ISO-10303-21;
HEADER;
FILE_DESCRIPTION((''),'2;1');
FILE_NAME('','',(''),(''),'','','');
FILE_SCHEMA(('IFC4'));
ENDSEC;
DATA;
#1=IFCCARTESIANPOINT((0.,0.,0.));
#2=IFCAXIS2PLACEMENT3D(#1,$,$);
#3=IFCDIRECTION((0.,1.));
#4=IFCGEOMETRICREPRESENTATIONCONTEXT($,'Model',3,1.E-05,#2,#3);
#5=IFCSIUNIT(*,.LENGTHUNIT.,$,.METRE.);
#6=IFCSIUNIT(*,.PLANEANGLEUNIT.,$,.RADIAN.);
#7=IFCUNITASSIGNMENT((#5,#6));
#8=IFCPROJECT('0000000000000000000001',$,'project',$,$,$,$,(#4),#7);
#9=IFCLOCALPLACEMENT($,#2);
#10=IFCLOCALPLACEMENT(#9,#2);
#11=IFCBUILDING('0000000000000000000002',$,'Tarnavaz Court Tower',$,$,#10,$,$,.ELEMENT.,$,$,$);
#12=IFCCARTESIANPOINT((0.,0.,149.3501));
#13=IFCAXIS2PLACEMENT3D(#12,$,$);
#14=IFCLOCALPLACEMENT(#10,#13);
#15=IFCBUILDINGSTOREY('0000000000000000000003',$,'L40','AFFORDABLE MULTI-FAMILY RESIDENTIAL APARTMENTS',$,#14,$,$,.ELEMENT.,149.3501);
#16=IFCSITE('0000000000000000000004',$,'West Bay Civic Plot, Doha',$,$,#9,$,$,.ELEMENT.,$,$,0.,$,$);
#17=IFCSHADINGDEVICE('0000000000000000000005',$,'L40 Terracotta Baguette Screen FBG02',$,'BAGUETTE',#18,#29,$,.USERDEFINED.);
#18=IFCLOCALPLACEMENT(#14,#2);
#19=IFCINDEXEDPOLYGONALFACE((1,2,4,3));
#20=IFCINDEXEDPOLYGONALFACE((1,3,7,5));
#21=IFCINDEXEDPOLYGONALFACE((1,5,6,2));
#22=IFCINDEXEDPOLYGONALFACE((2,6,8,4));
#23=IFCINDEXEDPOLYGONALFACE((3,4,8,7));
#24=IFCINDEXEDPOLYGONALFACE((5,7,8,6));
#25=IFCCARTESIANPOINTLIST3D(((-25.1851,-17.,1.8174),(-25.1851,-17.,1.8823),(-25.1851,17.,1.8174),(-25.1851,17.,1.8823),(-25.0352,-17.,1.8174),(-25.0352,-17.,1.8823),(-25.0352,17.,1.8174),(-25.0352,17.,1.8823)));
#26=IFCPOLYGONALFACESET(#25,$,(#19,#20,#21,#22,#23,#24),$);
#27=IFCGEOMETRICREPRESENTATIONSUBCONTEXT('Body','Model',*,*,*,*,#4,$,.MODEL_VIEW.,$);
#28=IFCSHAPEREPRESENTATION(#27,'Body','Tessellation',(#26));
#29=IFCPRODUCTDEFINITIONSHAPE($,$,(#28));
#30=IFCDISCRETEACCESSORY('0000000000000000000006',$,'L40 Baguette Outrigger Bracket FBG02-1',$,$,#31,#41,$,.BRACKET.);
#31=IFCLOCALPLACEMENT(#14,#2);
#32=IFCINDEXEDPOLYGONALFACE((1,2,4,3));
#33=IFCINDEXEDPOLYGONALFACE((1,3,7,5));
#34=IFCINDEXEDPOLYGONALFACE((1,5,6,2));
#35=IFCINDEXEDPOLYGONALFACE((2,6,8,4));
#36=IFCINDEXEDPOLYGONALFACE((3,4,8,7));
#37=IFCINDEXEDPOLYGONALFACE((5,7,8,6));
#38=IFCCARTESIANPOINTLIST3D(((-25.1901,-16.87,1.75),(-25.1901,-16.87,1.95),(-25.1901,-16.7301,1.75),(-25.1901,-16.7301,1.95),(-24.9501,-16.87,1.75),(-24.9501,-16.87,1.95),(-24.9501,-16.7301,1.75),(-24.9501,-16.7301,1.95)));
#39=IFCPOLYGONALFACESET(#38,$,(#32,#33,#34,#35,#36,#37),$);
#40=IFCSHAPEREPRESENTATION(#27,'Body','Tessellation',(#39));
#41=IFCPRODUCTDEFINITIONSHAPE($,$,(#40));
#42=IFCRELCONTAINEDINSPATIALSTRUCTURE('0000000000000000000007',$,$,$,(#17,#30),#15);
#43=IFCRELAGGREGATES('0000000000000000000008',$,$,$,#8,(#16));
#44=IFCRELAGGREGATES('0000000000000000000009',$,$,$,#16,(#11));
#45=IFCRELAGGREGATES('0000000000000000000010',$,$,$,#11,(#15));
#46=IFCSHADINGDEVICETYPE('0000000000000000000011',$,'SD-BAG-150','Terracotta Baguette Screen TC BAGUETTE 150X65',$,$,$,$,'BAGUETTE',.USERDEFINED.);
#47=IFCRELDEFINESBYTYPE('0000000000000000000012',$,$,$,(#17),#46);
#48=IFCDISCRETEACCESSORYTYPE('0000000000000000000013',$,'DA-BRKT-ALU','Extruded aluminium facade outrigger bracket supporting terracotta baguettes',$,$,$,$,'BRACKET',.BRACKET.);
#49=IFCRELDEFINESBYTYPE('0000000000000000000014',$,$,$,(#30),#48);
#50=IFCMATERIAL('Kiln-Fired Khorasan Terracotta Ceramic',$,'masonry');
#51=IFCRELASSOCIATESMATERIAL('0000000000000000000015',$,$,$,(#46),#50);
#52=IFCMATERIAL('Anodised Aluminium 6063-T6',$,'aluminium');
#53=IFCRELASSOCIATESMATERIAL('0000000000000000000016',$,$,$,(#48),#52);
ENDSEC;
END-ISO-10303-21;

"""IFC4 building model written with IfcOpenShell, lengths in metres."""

from ifc_helpers import new_model, si_unit, direction, frame, origin, origin_2d, place, context, subcontext, project, spatial, rectangle, extrude, material, material_profile, profile_set, type_object, element, save


model = new_model("IFC4")

# Units and contexts
model_context = context("Model", 3, precision=1e-05, world=origin(), true_north=direction((0.0, 1.0)))
body_context = subcontext(model_context, "Body", "Model", "MODEL_VIEW")
ifc_project = project(units=[si_unit("LENGTHUNIT", "METRE"), si_unit("PLANEANGLEUNIT", "RADIAN")], contexts=[model_context])

# Site, building, storey
site_placement = place(None, origin())
site = spatial("IfcSite", under=ifc_project, at=site_placement, Name="West Bay Civic Plot, Doha", CompositionType="ELEMENT", RefElevation=0.0)
building_placement = place(site_placement, origin())
building = spatial("IfcBuilding", under=site, at=building_placement, Name="Tarnavaz Court Tower", CompositionType="ELEMENT")
storey_placement = place(building_placement, frame((0.0, 0.0, 149.3501)))
storey = spatial("IfcBuildingStorey", under=building, at=storey_placement, Name="L40", Description="AFFORDABLE MULTI-FAMILY RESIDENTIAL APARTMENTS", CompositionType="ELEMENT", Elevation=149.3501)

# Shading device
ifc_material_1 = material(Name="Kiln-Fired Khorasan Terracotta Ceramic", Category="masonry")
ifc_material_profile_1 = material_profile(ifc_material_1, rectangle(XDim=0.1499, YDim=0.0649, at=origin_2d()), Name="TC BAGUETTE 150X65")
ifc_profile_set_1 = profile_set([ifc_material_profile_1], Name="Kiln-Fired Khorasan Terracotta Ceramic")
shading_device_type = type_object("IfcShadingDeviceType", Name="SD-BAG-150", Description="Terracotta Baguette Screen TC BAGUETTE 150X65", ElementType="BAGUETTE", PredefinedType="USERDEFINED", material=ifc_profile_set_1)
shading_device_placement = place(storey_placement, frame((-25.1101, -17.0, 1.8499), z_axis=(0.0, 1.0, 0.0), x_axis=(-1.0, 0.0, 0.0)))
element("IfcShadingDevice", 1, at=shading_device_placement, inside=storey, type_object=shading_device_type, Name="L40 Terracotta Baguette Screen FBG02", ObjectType="BAGUETTE", PredefinedType="USERDEFINED", context=body_context, shape_type="SweptSolid", body=[
    extrude(rectangle(XDim=0.1499, YDim=0.0649, at=origin_2d()), origin(), (0.0, 0.0, 1.0), 34.0),
])

# Discrete accessory
ifc_material_2 = material(Name="Anodised Aluminium 6063-T6", Category="aluminium")
discrete_accessory_type = type_object("IfcDiscreteAccessoryType", Name="DA-BRKT-ALU", Description="Extruded aluminium facade outrigger bracket supporting terracotta baguettes", ElementType="BRACKET", PredefinedType="BRACKET", material=ifc_material_2)
discrete_accessory_placement = place(storey_placement, frame((-25.0701, -16.8, 1.75), z_axis=(0.0, 0.0, 1.0), x_axis=(0.0, 1.0, 0.0)))
element("IfcDiscreteAccessory", 2, at=discrete_accessory_placement, inside=storey, type_object=discrete_accessory_type, Name="L40 Baguette Outrigger Bracket FBG02-1", PredefinedType="BRACKET", context=body_context, shape_type="SweptSolid", body=[
    extrude(rectangle(XDim=0.1399, YDim=0.24, at=origin_2d()), origin(), (0.0, 0.0, 1.0), 0.2),
])

save(model, "model.ifc")
